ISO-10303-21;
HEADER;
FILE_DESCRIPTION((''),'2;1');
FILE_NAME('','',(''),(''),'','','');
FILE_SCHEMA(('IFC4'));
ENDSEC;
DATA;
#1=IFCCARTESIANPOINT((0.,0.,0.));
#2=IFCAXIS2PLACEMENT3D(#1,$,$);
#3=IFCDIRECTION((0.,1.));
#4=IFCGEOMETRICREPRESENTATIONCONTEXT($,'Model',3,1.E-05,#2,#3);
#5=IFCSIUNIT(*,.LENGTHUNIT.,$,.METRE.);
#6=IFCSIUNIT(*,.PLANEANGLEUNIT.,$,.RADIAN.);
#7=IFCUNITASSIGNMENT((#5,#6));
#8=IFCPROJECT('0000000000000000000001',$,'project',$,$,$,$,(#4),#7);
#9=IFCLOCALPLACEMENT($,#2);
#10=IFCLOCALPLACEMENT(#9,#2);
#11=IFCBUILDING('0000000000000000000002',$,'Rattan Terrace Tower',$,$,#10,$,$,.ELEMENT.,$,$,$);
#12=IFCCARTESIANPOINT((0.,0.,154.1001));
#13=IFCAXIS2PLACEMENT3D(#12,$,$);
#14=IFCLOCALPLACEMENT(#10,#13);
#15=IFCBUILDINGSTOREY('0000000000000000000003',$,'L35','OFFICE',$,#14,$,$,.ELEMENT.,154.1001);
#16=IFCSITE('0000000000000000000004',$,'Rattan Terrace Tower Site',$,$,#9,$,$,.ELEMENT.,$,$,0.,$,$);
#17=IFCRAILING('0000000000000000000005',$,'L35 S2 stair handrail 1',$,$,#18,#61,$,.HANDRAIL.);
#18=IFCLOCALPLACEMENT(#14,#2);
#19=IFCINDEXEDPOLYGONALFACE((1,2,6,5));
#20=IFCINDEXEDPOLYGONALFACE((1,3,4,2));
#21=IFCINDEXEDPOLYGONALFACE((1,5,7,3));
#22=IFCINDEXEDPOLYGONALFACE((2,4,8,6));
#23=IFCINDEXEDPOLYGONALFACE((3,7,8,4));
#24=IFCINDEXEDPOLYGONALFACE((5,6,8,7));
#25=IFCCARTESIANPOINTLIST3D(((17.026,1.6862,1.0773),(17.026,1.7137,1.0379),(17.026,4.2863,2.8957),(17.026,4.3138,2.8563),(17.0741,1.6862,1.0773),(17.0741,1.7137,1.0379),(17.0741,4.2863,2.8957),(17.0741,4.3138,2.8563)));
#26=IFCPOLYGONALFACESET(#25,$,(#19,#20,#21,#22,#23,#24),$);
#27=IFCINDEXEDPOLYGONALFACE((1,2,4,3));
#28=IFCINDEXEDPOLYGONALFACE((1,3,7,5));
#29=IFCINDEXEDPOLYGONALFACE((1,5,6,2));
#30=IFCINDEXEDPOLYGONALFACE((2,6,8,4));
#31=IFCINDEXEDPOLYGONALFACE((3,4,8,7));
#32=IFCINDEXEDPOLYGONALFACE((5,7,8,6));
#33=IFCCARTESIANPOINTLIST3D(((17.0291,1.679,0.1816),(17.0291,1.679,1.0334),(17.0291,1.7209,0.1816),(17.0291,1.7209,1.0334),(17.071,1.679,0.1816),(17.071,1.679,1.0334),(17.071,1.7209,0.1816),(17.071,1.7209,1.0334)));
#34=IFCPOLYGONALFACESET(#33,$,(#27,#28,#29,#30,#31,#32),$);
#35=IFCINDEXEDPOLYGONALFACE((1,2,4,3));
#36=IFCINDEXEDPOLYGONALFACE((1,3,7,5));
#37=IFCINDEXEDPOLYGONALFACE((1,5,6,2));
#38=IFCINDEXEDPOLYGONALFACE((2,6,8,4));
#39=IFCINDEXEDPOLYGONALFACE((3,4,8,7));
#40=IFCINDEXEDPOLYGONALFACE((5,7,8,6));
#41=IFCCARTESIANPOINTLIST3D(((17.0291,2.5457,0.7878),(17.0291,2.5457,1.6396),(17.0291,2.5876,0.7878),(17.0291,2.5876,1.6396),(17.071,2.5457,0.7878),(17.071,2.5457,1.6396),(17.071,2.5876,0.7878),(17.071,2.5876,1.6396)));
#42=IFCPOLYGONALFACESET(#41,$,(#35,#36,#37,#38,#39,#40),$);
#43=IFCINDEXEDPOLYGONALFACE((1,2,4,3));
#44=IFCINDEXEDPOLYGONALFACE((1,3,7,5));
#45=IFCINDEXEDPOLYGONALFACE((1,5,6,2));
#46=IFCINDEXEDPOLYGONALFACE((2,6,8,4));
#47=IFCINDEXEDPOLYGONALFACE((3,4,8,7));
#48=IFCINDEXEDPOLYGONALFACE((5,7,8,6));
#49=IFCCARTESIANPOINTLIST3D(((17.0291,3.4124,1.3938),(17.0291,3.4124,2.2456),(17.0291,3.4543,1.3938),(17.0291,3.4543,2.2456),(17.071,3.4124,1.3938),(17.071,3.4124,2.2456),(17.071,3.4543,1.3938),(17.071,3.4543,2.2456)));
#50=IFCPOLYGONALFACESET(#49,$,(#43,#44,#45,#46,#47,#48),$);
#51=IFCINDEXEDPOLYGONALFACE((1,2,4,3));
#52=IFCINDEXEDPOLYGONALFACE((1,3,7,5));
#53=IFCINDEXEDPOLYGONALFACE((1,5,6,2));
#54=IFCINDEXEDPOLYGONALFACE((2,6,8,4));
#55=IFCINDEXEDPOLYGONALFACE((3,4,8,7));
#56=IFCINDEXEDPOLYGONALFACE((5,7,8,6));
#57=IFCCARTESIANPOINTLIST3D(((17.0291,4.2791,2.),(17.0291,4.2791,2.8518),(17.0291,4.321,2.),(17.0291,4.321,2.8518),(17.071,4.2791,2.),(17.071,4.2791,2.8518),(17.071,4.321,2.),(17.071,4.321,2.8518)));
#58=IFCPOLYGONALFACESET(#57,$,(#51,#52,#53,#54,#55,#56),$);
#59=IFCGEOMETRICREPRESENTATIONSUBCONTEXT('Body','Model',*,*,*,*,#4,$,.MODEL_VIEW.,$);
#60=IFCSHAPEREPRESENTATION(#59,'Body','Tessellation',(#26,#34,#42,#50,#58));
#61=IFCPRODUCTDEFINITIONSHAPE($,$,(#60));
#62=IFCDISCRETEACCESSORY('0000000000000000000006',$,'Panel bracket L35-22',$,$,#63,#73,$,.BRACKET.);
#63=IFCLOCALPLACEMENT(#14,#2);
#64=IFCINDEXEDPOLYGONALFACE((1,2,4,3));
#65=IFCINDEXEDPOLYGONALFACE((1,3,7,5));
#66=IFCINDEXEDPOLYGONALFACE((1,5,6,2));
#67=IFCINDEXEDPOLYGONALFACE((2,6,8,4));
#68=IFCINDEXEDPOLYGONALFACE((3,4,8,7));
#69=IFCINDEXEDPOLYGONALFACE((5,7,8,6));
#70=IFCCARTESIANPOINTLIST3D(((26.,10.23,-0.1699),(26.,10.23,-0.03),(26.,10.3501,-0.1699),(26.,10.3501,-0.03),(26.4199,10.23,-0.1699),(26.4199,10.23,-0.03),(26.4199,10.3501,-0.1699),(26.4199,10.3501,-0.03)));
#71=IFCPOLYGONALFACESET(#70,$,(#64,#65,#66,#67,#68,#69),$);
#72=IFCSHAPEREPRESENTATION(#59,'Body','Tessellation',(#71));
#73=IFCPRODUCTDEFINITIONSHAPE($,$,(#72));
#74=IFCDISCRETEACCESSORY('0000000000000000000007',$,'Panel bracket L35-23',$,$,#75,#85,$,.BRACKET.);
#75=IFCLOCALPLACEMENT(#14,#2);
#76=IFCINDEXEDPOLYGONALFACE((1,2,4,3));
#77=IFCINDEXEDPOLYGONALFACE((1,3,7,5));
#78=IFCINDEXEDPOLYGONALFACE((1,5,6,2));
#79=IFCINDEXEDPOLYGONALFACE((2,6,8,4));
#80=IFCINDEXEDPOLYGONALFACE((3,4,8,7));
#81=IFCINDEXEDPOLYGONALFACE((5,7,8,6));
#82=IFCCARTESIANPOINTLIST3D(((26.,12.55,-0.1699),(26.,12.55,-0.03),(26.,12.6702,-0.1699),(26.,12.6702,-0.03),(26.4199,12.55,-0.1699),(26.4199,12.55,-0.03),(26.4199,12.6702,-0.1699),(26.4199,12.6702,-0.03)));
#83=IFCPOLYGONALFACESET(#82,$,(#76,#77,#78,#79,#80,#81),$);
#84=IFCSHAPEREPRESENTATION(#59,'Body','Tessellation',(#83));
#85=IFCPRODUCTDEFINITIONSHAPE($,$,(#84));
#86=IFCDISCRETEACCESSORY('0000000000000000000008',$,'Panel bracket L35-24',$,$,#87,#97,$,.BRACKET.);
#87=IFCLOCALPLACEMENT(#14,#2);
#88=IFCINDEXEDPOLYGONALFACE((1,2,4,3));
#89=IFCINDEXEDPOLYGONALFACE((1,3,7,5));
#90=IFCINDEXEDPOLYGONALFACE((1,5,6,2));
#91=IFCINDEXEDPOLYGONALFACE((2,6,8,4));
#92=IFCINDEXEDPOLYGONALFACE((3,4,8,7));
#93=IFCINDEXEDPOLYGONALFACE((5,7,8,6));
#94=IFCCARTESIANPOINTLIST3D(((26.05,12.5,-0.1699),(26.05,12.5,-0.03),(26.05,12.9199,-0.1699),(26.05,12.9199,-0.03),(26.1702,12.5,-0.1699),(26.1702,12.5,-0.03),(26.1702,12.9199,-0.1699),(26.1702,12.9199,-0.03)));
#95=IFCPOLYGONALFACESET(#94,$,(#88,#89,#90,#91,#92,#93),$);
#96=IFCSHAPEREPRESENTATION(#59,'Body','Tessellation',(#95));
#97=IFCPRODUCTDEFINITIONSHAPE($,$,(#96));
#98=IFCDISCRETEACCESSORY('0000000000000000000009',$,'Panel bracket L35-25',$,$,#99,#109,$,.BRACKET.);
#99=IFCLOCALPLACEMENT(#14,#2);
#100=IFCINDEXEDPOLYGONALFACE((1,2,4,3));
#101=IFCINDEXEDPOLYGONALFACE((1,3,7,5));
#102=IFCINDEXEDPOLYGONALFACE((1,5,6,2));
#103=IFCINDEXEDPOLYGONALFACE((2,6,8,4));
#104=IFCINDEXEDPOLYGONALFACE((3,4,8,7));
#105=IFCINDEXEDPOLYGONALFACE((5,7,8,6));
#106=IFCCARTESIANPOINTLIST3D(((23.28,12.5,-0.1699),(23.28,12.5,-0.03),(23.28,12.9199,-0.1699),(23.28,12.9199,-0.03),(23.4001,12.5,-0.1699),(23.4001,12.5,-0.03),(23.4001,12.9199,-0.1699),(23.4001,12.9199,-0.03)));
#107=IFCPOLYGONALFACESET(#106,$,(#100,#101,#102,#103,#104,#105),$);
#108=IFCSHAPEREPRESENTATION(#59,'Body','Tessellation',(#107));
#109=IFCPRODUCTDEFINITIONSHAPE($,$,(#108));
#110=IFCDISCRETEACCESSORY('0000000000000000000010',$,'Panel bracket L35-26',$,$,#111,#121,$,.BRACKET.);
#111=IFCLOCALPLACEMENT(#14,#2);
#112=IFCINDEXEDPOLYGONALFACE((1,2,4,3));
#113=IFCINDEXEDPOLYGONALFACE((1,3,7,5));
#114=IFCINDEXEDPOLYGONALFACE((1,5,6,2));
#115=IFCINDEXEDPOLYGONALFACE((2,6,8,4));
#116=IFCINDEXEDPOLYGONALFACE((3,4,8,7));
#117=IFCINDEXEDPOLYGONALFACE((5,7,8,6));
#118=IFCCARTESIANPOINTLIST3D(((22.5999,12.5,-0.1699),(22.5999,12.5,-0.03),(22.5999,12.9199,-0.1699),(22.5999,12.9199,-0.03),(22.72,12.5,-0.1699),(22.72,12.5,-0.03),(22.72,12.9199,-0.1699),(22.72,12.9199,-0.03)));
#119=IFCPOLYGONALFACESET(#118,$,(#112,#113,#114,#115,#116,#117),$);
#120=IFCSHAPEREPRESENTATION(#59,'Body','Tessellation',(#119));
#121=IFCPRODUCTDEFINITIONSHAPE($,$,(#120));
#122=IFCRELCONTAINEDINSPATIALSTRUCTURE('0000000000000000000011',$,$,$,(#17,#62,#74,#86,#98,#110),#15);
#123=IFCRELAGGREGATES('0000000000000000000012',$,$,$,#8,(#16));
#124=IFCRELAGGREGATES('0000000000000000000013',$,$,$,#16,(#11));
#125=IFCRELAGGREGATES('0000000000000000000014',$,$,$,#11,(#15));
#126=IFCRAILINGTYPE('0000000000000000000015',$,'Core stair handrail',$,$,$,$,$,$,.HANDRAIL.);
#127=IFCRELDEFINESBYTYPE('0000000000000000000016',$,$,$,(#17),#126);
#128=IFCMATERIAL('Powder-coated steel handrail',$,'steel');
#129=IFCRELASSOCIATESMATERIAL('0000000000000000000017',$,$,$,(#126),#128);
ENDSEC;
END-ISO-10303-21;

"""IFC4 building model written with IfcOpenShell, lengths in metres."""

from ifc_helpers import new_model, si_unit, direction, frame, origin, origin_2d, place, context, subcontext, project, spatial, rectangle, extrude, material, type_object, element, save


model = new_model("IFC4")

# Units and contexts
model_context = context("Model", 3, precision=1e-05, world=origin(), true_north=direction((0.0, 1.0)))
body_context = subcontext(model_context, "Body", "Model", "MODEL_VIEW")
ifc_project = project(units=[si_unit("LENGTHUNIT", "METRE"), si_unit("PLANEANGLEUNIT", "RADIAN")], contexts=[model_context])

# Site, building, storey
site_placement = place(None, origin())
site = spatial("IfcSite", under=ifc_project, at=site_placement, Name="Rattan Terrace Tower Site", CompositionType="ELEMENT", RefElevation=0.0)
building_placement = place(site_placement, origin())
building = spatial("IfcBuilding", under=site, at=building_placement, Name="Rattan Terrace Tower", CompositionType="ELEMENT")
storey_placement = place(building_placement, frame((0.0, 0.0, 154.1001)))
storey = spatial("IfcBuildingStorey", under=building, at=storey_placement, Name="L35", Description="OFFICE", CompositionType="ELEMENT", Elevation=154.1001)

# Railing
ifc_material_1 = material(Name="Powder-coated steel handrail", Category="steel")
railing_type_1 = type_object("IfcRailingType", Name="Core stair handrail", PredefinedType="HANDRAIL", material=ifc_material_1)
railing_1_placement = place(storey_placement, frame((17.05, 1.7, 0.1816)))
element("IfcRailing", 1, at=railing_1_placement, inside=storey, type_object=railing_type_1, Name="L35 S2 stair handrail 1", PredefinedType="HANDRAIL", context=body_context, shape_type="SweptSolid", body=[
    extrude(rectangle(XDim=0.0481, YDim=0.0481, at=origin_2d()), frame((0.0, 0.0, 0.876), z_axis=(0.0, 0.819485, 0.573101), x_axis=(-1.0, 0.0, 0.0)), (0.0, 0.0, 1.0), 3.1729),
    extrude(rectangle(XDim=0.042, YDim=0.042, at=origin_2d()), origin(), (0.0, 0.0, 1.0), 0.8518),
    extrude(rectangle(XDim=0.042, YDim=0.042, at=origin_2d()), frame((0.0, 0.8667, 0.6062)), (0.0, 0.0, 1.0), 0.8518),
    extrude(rectangle(XDim=0.042, YDim=0.042, at=origin_2d()), frame((0.0, 1.7334, 1.2122)), (0.0, 0.0, 1.0), 0.8518),
    extrude(rectangle(XDim=0.042, YDim=0.042, at=origin_2d()), frame((0.0, 2.6001, 1.8184)), (0.0, 0.0, 1.0), 0.8518),
])

# Discrete accessories
for number, where, z_axis, x_axis, name in (
    (2, (26.21, 10.29, -0.1699), (0.0, 0.0, 1.0), (0.0, 1.0, 0.0), "Panel bracket L35-22"),
    (3, (26.21, 12.6101, -0.1699), (0.0, 0.0, 1.0), (0.0, 1.0, 0.0), "Panel bracket L35-23"),
    (4, (26.1101, 12.71, -0.1699), (0.0, 0.0, 1.0), (-1.0, 0.0, 0.0), "Panel bracket L35-24"),
    (5, (23.3401, 12.71, -0.1699), (0.0, 0.0, 1.0), (-1.0, 0.0, 0.0), "Panel bracket L35-25"),
    (6, (22.6599, 12.71, -0.1699), (0.0, 0.0, 1.0), (-1.0, 0.0, 0.0), "Panel bracket L35-26"),
):
    element("IfcDiscreteAccessory", number, at=place(storey_placement, frame(where, z_axis=z_axis, x_axis=x_axis)), inside=storey, Name=name, PredefinedType="BRACKET", context=body_context, shape_type="SweptSolid", body=[
        extrude(rectangle(XDim=0.1201, YDim=0.4199, at=origin_2d()), origin(), (0.0, 0.0, 1.0), 0.1399),
    ])

save(model, "model.ifc")
